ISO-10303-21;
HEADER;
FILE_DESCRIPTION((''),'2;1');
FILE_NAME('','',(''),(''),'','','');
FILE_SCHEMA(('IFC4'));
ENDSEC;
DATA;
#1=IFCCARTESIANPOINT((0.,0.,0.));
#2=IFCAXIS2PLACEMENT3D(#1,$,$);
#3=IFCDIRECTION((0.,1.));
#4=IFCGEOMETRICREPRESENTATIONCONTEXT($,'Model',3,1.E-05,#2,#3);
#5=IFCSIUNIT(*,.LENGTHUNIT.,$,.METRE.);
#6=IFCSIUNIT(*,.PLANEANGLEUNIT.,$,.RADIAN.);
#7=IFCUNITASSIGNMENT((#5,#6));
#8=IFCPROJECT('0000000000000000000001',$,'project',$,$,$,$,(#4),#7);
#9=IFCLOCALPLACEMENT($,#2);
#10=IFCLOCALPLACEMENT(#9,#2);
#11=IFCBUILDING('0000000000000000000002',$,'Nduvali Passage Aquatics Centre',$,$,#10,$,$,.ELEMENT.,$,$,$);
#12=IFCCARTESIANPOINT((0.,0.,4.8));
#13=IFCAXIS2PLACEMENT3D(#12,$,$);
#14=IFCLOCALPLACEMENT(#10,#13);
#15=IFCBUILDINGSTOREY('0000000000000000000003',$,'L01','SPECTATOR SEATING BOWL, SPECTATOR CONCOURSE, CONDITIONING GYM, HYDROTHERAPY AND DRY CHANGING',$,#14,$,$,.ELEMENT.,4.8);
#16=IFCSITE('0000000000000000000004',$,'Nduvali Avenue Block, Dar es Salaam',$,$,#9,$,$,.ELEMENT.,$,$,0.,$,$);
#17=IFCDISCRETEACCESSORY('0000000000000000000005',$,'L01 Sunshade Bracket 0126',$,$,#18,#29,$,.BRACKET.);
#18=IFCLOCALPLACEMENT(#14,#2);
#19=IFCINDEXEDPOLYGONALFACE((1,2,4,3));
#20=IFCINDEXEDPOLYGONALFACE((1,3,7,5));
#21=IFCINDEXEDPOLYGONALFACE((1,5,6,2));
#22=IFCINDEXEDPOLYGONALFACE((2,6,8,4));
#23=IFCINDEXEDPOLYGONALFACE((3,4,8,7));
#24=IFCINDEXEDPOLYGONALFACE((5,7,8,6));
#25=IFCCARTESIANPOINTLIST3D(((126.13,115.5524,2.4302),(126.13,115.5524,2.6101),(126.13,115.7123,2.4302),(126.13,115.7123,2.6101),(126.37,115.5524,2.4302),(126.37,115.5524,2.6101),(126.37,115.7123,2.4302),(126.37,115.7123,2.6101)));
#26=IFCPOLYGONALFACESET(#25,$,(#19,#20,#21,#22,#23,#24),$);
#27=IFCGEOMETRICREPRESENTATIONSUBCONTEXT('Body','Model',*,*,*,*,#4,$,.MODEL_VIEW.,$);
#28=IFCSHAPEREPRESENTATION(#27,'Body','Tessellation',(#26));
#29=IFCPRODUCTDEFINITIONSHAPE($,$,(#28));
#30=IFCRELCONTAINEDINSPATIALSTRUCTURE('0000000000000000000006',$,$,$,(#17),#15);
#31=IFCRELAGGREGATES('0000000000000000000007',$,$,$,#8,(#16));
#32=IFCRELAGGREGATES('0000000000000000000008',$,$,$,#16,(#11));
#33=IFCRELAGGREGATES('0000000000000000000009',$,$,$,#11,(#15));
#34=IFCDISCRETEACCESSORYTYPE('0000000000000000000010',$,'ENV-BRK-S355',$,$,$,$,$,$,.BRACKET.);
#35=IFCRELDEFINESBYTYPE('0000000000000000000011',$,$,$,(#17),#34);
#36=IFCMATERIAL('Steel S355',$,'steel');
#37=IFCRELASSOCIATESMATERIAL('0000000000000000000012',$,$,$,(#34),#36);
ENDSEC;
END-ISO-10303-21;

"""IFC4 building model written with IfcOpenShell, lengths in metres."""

from ifc_helpers import new_model, si_unit, direction, frame, origin, origin_2d, place, context, subcontext, project, spatial, rectangle, extrude, material, type_object, element, save


model = new_model("IFC4")

# Units and contexts
model_context = context("Model", 3, precision=1e-05, world=origin(), true_north=direction((0.0, 1.0)))
body_context = subcontext(model_context, "Body", "Model", "MODEL_VIEW")
ifc_project = project(units=[si_unit("LENGTHUNIT", "METRE"), si_unit("PLANEANGLEUNIT", "RADIAN")], contexts=[model_context])

# Site, building, storey
site_placement = place(None, origin())
site = spatial("IfcSite", under=ifc_project, at=site_placement, Name="Nduvali Avenue Block, Dar es Salaam", CompositionType="ELEMENT", RefElevation=0.0)
building_placement = place(site_placement, origin())
building = spatial("IfcBuilding", under=site, at=building_placement, Name="Nduvali Passage Aquatics Centre", CompositionType="ELEMENT")
storey_placement = place(building_placement, frame((0.0, 0.0, 4.8)))
storey = spatial("IfcBuildingStorey", under=building, at=storey_placement, Name="L01", Description="SPECTATOR SEATING BOWL, SPECTATOR CONCOURSE, CONDITIONING GYM, HYDROTHERAPY AND DRY CHANGING", CompositionType="ELEMENT", Elevation=4.8)

# Shared definitions
ifc_material_1 = material(Name="Steel S355", Category="steel")

# Discrete accessory
discrete_accessory_type = type_object("IfcDiscreteAccessoryType", Name="ENV-BRK-S355", PredefinedType="BRACKET", material=ifc_material_1)
for number, where, z_axis, x_axis, name in (
    (1, (126.25, 115.6323, 2.4302), (0.0, 0.0, 1.0), (0.0, 1.0, 0.0), "L01 Sunshade Bracket 0126"),
):
    element("IfcDiscreteAccessory", number, at=place(storey_placement, frame(where, z_axis=z_axis, x_axis=x_axis)), inside=storey, type_object=discrete_accessory_type, Name=name, PredefinedType="BRACKET", context=body_context, shape_type="SweptSolid", body=[
        extrude(rectangle(XDim=0.1599, YDim=0.24, at=origin_2d()), origin(), (0.0, 0.0, 1.0), 0.1799),
    ])

save(model, "model.ifc")
